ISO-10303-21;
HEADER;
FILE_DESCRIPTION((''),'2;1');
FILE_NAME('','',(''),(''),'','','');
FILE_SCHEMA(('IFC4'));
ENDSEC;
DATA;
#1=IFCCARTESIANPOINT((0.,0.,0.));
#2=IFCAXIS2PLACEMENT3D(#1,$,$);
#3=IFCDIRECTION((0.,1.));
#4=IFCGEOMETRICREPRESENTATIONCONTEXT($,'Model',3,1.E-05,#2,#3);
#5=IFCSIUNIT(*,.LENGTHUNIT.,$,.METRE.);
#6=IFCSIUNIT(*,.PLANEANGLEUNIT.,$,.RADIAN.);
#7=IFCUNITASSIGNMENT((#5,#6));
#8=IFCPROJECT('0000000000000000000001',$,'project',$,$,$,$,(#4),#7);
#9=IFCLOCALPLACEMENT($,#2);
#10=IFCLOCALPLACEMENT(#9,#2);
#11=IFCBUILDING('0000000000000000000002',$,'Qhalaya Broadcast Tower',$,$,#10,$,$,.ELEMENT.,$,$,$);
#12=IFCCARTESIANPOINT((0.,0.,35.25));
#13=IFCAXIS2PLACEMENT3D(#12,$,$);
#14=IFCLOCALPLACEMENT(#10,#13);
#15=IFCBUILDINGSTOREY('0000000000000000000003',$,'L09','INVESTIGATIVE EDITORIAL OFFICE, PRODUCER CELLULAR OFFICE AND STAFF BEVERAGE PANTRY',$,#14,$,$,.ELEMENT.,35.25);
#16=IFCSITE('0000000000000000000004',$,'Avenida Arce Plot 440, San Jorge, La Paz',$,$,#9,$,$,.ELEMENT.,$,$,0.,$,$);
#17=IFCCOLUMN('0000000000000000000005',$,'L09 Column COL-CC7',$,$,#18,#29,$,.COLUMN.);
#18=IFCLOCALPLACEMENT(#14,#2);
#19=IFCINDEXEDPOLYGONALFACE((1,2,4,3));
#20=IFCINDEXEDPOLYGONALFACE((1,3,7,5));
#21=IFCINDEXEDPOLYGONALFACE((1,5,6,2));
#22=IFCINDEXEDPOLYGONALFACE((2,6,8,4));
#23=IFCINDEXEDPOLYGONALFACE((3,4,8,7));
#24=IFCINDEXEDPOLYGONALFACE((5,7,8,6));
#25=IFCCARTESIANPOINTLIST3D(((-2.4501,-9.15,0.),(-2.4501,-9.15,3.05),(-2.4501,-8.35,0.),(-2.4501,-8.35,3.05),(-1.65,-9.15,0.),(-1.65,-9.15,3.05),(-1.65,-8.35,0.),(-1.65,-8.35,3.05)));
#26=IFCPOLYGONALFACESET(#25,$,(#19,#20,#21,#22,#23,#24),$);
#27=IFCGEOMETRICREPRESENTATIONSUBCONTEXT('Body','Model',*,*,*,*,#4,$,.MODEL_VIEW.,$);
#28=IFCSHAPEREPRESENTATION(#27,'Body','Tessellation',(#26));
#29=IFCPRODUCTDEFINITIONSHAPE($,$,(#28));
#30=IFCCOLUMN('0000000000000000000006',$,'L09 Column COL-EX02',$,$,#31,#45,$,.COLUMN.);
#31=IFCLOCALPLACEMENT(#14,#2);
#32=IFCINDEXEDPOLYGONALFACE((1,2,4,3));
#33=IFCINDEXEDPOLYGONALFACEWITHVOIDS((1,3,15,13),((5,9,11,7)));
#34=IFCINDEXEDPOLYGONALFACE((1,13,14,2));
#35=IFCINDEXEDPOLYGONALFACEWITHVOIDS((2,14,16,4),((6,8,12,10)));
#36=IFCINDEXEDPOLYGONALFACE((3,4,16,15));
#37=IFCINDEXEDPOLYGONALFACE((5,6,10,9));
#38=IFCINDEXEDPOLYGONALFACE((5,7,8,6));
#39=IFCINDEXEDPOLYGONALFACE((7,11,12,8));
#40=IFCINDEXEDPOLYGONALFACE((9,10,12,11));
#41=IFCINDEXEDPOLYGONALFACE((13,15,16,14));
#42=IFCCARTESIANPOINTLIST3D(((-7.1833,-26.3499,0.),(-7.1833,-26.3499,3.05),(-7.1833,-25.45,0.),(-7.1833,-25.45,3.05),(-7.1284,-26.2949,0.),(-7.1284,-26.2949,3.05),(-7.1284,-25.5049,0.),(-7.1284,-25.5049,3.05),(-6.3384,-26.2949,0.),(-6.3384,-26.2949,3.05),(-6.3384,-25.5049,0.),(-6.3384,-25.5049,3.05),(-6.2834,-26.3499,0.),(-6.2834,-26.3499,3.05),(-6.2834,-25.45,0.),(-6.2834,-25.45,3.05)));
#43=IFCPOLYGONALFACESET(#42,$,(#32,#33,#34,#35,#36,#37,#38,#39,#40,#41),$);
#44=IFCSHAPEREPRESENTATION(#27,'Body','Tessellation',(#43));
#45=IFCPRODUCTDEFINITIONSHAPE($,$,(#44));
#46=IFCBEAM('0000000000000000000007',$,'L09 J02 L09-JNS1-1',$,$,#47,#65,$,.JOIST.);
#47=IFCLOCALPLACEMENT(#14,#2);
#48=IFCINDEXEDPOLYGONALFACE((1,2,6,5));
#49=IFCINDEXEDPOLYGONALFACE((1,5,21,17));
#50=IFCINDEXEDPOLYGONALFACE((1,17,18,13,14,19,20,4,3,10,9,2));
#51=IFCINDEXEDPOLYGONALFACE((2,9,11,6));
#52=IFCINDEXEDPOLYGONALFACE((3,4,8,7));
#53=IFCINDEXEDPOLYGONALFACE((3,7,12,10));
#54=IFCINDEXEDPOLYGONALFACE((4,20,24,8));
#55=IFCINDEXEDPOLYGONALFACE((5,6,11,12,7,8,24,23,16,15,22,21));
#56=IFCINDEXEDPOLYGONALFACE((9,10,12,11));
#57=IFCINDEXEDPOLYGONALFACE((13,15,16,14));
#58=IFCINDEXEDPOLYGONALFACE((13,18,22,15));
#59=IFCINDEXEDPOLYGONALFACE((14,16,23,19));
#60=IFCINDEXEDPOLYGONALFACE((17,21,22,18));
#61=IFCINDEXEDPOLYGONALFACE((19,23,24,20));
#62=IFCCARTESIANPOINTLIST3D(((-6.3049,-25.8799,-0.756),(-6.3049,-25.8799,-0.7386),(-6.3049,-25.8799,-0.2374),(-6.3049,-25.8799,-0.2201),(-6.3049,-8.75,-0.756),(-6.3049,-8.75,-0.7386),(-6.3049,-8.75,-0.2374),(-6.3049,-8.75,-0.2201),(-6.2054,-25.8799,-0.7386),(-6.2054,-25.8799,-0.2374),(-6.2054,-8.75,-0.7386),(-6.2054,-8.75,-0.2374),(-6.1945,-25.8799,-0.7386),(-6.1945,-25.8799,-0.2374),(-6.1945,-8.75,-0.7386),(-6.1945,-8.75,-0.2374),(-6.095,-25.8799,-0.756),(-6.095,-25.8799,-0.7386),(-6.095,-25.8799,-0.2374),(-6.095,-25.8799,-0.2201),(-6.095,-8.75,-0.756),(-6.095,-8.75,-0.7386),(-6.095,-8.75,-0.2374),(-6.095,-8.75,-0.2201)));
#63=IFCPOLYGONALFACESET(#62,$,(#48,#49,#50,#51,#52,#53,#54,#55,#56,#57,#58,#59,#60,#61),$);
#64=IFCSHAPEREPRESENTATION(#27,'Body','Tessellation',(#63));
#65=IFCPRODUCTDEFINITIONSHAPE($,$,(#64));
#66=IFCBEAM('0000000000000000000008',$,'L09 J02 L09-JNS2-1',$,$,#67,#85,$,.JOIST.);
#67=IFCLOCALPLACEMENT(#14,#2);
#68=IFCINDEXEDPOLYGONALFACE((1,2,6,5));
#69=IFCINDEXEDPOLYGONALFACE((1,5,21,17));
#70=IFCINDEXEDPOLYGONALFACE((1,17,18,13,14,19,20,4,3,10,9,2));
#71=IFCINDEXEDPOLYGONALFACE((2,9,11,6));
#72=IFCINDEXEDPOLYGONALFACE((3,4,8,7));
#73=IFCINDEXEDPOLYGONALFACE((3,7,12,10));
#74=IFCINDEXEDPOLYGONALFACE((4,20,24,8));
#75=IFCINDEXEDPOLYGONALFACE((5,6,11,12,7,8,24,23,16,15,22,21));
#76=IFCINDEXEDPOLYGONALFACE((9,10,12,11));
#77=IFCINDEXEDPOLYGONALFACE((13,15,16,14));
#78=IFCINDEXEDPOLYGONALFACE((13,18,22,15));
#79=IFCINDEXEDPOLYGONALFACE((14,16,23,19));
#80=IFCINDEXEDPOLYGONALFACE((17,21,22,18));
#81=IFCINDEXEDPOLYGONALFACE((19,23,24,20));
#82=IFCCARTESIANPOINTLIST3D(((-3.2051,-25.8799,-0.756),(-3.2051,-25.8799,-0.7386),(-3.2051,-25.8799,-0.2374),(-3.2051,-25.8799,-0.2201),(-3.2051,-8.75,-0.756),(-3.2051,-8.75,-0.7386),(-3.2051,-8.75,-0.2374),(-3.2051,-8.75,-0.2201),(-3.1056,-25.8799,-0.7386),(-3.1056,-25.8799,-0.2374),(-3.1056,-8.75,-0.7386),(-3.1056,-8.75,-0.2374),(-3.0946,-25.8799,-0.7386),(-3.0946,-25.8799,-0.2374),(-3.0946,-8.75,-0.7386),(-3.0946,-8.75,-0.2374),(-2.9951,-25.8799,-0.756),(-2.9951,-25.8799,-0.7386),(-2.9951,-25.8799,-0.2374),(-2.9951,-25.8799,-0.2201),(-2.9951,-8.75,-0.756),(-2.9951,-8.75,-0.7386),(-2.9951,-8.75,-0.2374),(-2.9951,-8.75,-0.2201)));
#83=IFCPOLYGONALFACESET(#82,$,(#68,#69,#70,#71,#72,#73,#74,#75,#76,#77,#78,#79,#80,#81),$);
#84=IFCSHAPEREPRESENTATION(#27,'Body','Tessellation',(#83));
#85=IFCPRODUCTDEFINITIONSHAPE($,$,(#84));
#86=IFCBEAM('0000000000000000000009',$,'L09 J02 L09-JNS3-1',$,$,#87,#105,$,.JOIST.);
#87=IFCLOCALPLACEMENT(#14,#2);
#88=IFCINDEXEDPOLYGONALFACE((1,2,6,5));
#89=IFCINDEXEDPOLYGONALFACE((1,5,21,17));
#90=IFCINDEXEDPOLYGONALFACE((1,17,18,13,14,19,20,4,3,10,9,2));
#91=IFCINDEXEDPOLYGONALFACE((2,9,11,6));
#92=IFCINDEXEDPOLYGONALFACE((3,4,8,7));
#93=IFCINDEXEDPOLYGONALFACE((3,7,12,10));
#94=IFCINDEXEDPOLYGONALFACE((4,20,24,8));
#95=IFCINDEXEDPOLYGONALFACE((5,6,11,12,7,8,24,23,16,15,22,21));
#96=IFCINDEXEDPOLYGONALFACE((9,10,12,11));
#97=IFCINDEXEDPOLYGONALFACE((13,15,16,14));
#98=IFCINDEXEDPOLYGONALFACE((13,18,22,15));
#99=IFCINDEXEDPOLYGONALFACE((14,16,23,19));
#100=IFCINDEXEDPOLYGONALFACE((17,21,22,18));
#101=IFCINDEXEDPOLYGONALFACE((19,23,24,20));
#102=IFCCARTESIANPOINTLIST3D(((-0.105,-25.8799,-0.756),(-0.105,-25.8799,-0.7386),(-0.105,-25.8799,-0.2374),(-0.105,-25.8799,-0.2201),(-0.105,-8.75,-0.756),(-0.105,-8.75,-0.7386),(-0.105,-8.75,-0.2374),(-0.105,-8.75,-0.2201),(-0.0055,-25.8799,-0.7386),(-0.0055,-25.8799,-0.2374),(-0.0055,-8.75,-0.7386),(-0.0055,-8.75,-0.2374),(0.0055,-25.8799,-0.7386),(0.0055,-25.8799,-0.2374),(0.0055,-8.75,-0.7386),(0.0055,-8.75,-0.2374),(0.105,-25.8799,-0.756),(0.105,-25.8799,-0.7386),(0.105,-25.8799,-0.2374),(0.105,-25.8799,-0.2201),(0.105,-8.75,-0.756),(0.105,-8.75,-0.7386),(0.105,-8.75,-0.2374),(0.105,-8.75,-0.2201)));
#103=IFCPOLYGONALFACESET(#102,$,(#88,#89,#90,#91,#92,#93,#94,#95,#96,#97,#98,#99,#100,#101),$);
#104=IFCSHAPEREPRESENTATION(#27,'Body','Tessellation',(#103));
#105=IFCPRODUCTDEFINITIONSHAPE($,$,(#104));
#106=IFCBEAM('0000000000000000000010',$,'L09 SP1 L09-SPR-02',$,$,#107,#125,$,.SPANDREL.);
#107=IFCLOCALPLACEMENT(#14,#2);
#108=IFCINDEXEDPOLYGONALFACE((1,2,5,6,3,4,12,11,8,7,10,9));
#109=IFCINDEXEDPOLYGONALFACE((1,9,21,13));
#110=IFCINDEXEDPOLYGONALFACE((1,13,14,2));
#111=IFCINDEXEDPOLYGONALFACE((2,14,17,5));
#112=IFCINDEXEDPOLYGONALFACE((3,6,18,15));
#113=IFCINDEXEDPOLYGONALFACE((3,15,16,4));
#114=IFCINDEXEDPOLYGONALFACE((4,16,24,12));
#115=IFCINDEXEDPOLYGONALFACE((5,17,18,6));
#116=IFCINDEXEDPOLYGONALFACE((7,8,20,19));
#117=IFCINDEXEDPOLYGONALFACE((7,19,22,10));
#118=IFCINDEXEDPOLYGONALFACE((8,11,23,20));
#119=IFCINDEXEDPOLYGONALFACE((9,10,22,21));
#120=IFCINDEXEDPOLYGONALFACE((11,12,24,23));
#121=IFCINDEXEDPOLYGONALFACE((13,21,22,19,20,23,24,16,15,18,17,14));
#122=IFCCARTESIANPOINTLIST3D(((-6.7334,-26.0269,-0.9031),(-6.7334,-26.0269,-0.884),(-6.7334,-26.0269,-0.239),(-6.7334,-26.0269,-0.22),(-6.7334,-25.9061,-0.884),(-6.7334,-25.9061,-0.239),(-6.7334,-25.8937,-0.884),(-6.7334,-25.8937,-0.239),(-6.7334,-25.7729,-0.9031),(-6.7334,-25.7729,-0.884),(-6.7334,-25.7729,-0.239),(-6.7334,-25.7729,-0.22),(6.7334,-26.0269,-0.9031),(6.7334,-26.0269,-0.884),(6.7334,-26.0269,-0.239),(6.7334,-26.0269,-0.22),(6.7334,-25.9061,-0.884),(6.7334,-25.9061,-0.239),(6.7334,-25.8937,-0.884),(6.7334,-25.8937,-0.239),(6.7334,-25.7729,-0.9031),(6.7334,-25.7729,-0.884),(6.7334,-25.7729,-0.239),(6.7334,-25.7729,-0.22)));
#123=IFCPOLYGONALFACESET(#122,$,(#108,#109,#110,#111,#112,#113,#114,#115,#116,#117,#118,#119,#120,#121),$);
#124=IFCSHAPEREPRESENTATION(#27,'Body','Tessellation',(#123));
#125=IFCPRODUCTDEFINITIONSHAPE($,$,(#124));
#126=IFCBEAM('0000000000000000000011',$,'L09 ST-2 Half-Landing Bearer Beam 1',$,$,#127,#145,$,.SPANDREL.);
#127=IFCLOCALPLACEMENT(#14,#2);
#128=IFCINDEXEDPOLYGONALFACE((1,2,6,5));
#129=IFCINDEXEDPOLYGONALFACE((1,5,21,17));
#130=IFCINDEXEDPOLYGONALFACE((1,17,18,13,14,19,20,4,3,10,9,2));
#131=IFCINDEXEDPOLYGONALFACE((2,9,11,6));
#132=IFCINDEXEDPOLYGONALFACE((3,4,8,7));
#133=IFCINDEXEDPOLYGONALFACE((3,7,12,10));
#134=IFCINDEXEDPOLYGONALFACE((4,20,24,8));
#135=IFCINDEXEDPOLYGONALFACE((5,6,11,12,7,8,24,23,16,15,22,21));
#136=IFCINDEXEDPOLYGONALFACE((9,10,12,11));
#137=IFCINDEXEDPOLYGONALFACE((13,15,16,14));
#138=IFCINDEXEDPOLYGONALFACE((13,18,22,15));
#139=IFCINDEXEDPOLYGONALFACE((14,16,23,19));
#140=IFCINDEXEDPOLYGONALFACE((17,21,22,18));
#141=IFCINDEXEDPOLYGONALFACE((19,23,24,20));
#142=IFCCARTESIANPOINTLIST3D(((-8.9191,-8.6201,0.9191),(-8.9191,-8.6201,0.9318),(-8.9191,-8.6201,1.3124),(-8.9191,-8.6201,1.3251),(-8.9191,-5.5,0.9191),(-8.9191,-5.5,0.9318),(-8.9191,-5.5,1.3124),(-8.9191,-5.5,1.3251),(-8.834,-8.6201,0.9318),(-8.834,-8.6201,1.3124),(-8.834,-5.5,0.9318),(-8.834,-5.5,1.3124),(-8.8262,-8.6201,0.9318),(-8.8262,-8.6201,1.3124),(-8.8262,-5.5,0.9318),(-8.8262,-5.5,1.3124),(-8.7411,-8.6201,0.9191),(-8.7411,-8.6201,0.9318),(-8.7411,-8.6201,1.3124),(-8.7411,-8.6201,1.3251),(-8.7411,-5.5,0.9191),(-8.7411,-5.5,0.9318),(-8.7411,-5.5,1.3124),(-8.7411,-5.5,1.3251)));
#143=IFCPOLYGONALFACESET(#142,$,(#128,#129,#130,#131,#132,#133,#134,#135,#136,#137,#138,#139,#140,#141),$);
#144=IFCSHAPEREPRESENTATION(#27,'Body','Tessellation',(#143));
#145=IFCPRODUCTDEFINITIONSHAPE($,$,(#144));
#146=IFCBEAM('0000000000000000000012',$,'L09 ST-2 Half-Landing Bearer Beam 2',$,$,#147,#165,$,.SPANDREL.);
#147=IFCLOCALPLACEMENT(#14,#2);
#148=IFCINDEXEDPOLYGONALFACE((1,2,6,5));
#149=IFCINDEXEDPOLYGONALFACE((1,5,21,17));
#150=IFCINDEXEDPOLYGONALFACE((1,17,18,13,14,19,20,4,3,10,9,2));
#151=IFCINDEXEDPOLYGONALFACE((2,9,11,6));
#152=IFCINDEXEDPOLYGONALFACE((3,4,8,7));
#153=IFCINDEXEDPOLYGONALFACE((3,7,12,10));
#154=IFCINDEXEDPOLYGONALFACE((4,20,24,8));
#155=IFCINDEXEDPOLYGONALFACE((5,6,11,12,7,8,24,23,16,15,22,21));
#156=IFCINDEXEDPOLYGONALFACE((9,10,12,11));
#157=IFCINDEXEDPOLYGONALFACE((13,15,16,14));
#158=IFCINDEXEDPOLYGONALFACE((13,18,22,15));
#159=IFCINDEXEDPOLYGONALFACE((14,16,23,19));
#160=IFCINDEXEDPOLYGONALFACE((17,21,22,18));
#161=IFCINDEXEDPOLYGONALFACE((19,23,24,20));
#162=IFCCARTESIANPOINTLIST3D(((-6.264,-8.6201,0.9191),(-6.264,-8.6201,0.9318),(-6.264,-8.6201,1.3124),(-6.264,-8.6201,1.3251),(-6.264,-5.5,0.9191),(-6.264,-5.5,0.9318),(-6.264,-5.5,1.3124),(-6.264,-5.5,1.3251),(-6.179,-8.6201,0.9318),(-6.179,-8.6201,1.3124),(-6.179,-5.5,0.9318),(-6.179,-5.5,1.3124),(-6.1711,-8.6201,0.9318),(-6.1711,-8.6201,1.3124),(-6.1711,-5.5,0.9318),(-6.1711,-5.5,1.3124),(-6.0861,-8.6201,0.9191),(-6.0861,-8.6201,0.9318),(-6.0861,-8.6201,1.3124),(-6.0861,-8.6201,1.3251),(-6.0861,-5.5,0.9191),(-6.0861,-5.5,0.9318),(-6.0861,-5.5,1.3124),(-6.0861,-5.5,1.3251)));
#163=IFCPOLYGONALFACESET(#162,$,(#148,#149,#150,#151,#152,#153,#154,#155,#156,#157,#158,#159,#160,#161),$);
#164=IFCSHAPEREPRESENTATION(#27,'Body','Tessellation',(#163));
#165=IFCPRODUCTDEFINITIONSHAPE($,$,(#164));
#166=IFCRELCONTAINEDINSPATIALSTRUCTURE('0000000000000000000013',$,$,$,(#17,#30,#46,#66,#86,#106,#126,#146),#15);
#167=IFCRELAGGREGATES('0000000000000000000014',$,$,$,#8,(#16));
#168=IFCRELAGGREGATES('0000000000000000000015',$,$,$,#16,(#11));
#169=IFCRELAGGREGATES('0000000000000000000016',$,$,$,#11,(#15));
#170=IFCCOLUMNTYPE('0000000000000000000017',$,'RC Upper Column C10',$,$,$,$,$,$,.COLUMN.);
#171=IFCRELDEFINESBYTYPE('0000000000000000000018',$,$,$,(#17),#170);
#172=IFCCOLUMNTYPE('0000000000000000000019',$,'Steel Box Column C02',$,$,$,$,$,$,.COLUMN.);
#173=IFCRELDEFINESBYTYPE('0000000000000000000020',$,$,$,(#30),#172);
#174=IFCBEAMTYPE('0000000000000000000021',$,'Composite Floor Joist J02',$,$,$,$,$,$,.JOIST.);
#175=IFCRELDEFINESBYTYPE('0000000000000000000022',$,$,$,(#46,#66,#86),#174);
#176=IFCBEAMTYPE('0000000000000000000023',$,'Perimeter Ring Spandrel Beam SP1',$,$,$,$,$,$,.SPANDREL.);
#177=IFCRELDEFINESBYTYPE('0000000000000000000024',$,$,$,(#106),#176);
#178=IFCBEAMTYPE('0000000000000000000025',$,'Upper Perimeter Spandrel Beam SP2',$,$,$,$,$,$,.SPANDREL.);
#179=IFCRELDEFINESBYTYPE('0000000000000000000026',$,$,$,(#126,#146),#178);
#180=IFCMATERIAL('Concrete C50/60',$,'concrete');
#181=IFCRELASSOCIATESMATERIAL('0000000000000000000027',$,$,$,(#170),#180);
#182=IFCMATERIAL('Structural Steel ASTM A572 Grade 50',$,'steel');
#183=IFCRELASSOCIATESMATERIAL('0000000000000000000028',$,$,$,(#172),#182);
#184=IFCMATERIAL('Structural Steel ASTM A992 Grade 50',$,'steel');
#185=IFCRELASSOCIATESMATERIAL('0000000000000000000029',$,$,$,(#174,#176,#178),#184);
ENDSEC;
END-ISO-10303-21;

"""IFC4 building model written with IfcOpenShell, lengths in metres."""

from ifc_helpers import new_model, si_unit, direction, frame, origin, origin_2d, place, context, subcontext, project, spatial, rectangle, hollow_rectangle, i_section, extrude, material, material_profile, profile_set, type_object, element, save


model = new_model("IFC4")

# Units and contexts
model_context = context("Model", 3, precision=1e-05, world=origin(), true_north=direction((0.0, 1.0)))
body_context = subcontext(model_context, "Body", "Model", "MODEL_VIEW")
ifc_project = project(units=[si_unit("LENGTHUNIT", "METRE"), si_unit("PLANEANGLEUNIT", "RADIAN")], contexts=[model_context])

# Site, building, storey
site_placement = place(None, origin())
site = spatial("IfcSite", under=ifc_project, at=site_placement, Name="Avenida Arce Plot 440, San Jorge, La Paz", CompositionType="ELEMENT", RefElevation=0.0)
building_placement = place(site_placement, origin())
building = spatial("IfcBuilding", under=site, at=building_placement, Name="Qhalaya Broadcast Tower", CompositionType="ELEMENT")
storey_placement = place(building_placement, frame((0.0, 0.0, 35.25)))
storey = spatial("IfcBuildingStorey", under=building, at=storey_placement, Name="L09", Description="INVESTIGATIVE EDITORIAL OFFICE, PRODUCER CELLULAR OFFICE AND STAFF BEVERAGE PANTRY", CompositionType="ELEMENT", Elevation=35.25)

# Columns
ifc_material_1 = material(Name="Concrete C50/60", Category="concrete")
ifc_material_profile_1 = material_profile(ifc_material_1, rectangle(XDim=0.8, YDim=0.8, at=origin_2d()), Name="RC-COL 800x800")
ifc_profile_set_1 = profile_set([ifc_material_profile_1], Name="Concrete C50/60")
column_type_1 = type_object("IfcColumnType", Name="RC Upper Column C10", PredefinedType="COLUMN", material=ifc_profile_set_1)
column_1_placement = place(storey_placement, frame((-2.05, -8.75, 0.0), z_axis=(0.0, 0.0, 1.0), x_axis=(1.0, 0.0, 0.0)))
element("IfcColumn", 1, at=column_1_placement, inside=storey, type_object=column_type_1, Name="L09 Column COL-CC7", PredefinedType="COLUMN", context=body_context, shape_type="SweptSolid", body=[
    extrude(rectangle(XDim=0.8, YDim=0.8, at=origin_2d()), origin(), (0.0, 0.0, 1.0), 3.05),
])
ifc_material_2 = material(Name="Structural Steel ASTM A572 Grade 50", Category="steel")
ifc_material_profile_2 = material_profile(ifc_material_2, hollow_rectangle(XDim=0.8999, YDim=0.8999, WallThickness=0.0549, at=origin_2d()), Name="BOX 900x900x55")
ifc_profile_set_2 = profile_set([ifc_material_profile_2], Name="Structural Steel ASTM A572 Grade 50")
column_type_2 = type_object("IfcColumnType", Name="Steel Box Column C02", PredefinedType="COLUMN", material=ifc_profile_set_2)
column_2_placement = place(storey_placement, frame((-6.7334, -25.8999, 0.0), z_axis=(0.0, 0.0, 1.0), x_axis=(1.0, 0.0, 0.0)))
element("IfcColumn", 2, at=column_2_placement, inside=storey, type_object=column_type_2, Name="L09 Column COL-EX02", PredefinedType="COLUMN", context=body_context, shape_type="SweptSolid", body=[
    extrude(hollow_rectangle(XDim=0.8999, YDim=0.8999, WallThickness=0.0549, at=origin_2d()), origin(), (0.0, 0.0, 1.0), 3.05),
])

# Beams
ifc_material_3 = material(Name="Structural Steel ASTM A992 Grade 50", Category="steel")
ifc_material_profile_3 = material_profile(ifc_material_3, i_section(OverallWidth=0.21, OverallDepth=0.5359, WebThickness=0.011, FlangeThickness=0.0173, at=origin_2d()), Name="W21X68")
ifc_profile_set_3 = profile_set([ifc_material_profile_3], Name="Structural Steel ASTM A992 Grade 50")
beam_type_1 = type_object("IfcBeamType", Name="Composite Floor Joist J02", PredefinedType="JOIST", material=ifc_profile_set_3)
for number, where, z_axis, x_axis, name in (
    (3, (-6.2, -25.8799, -0.488), (0.0, 1.0, 0.0), (-1.0, 0.0, 0.0), "L09 J02 L09-JNS1-1"),
    (4, (-3.1001, -25.8799, -0.488), (0.0, 1.0, 0.0), (-1.0, 0.0, 0.0), "L09 J02 L09-JNS2-1"),
    (5, (0.0, -25.8799, -0.488), (0.0, 1.0, 0.0), (-1.0, 0.0, 0.0), "L09 J02 L09-JNS3-1"),
):
    element("IfcBeam", number, at=place(storey_placement, frame(where, z_axis=z_axis, x_axis=x_axis)), inside=storey, type_object=beam_type_1, Name=name, PredefinedType="JOIST", context=body_context, shape_type="SweptSolid", body=[
        extrude(i_section(OverallWidth=0.21, OverallDepth=0.5359, WebThickness=0.011, FlangeThickness=0.0173, at=origin_2d()), origin(), (0.0, 0.0, 1.0), 17.1299),
    ])
ifc_material_profile_4 = material_profile(ifc_material_3, i_section(OverallWidth=0.2539, OverallDepth=0.6831, WebThickness=0.0125, FlangeThickness=0.019, at=origin_2d()), Name="W27X94")
ifc_profile_set_4 = profile_set([ifc_material_profile_4], Name="Structural Steel ASTM A992 Grade 50")
beam_type_2 = type_object("IfcBeamType", Name="Perimeter Ring Spandrel Beam SP1", PredefinedType="SPANDREL", material=ifc_profile_set_4)
beam_placement = place(storey_placement, frame((-6.7334, -25.8999, -0.5615), z_axis=(1.0, 0.0, 0.0), x_axis=(0.0, 1.0, 0.0)))
element("IfcBeam", 6, at=beam_placement, inside=storey, type_object=beam_type_2, Name="L09 SP1 L09-SPR-02", PredefinedType="SPANDREL", context=body_context, shape_type="SweptSolid", body=[
    extrude(i_section(OverallWidth=0.2539, OverallDepth=0.6831, WebThickness=0.0125, FlangeThickness=0.019, at=origin_2d()), origin(), (0.0, 0.0, 1.0), 13.4668),
])
ifc_material_profile_5 = material_profile(ifc_material_3, i_section(OverallWidth=0.178, OverallDepth=0.406, WebThickness=0.0078, FlangeThickness=0.0127, at=origin_2d()), Name="W16X40")
ifc_profile_set_5 = profile_set([ifc_material_profile_5], Name="Structural Steel ASTM A992 Grade 50")
beam_type_3 = type_object("IfcBeamType", Name="Upper Perimeter Spandrel Beam SP2", PredefinedType="SPANDREL", material=ifc_profile_set_5)
for number, where, z_axis, x_axis, name in (
    (7, (-8.8301, -8.6201, 1.1221), (0.0, 1.0, 0.0), (-1.0, 0.0, 0.0), "L09 ST-2 Half-Landing Bearer Beam 1"),
    (8, (-6.175, -8.6201, 1.1221), (0.0, 1.0, 0.0), (-1.0, 0.0, 0.0), "L09 ST-2 Half-Landing Bearer Beam 2"),
):
    element("IfcBeam", number, at=place(storey_placement, frame(where, z_axis=z_axis, x_axis=x_axis)), inside=storey, type_object=beam_type_3, Name=name, PredefinedType="SPANDREL", context=body_context, shape_type="SweptSolid", body=[
        extrude(i_section(OverallWidth=0.178, OverallDepth=0.406, WebThickness=0.0078, FlangeThickness=0.0127, at=origin_2d()), origin(), (0.0, 0.0, 1.0), 3.1201),
    ])

save(model, "model.ifc")
